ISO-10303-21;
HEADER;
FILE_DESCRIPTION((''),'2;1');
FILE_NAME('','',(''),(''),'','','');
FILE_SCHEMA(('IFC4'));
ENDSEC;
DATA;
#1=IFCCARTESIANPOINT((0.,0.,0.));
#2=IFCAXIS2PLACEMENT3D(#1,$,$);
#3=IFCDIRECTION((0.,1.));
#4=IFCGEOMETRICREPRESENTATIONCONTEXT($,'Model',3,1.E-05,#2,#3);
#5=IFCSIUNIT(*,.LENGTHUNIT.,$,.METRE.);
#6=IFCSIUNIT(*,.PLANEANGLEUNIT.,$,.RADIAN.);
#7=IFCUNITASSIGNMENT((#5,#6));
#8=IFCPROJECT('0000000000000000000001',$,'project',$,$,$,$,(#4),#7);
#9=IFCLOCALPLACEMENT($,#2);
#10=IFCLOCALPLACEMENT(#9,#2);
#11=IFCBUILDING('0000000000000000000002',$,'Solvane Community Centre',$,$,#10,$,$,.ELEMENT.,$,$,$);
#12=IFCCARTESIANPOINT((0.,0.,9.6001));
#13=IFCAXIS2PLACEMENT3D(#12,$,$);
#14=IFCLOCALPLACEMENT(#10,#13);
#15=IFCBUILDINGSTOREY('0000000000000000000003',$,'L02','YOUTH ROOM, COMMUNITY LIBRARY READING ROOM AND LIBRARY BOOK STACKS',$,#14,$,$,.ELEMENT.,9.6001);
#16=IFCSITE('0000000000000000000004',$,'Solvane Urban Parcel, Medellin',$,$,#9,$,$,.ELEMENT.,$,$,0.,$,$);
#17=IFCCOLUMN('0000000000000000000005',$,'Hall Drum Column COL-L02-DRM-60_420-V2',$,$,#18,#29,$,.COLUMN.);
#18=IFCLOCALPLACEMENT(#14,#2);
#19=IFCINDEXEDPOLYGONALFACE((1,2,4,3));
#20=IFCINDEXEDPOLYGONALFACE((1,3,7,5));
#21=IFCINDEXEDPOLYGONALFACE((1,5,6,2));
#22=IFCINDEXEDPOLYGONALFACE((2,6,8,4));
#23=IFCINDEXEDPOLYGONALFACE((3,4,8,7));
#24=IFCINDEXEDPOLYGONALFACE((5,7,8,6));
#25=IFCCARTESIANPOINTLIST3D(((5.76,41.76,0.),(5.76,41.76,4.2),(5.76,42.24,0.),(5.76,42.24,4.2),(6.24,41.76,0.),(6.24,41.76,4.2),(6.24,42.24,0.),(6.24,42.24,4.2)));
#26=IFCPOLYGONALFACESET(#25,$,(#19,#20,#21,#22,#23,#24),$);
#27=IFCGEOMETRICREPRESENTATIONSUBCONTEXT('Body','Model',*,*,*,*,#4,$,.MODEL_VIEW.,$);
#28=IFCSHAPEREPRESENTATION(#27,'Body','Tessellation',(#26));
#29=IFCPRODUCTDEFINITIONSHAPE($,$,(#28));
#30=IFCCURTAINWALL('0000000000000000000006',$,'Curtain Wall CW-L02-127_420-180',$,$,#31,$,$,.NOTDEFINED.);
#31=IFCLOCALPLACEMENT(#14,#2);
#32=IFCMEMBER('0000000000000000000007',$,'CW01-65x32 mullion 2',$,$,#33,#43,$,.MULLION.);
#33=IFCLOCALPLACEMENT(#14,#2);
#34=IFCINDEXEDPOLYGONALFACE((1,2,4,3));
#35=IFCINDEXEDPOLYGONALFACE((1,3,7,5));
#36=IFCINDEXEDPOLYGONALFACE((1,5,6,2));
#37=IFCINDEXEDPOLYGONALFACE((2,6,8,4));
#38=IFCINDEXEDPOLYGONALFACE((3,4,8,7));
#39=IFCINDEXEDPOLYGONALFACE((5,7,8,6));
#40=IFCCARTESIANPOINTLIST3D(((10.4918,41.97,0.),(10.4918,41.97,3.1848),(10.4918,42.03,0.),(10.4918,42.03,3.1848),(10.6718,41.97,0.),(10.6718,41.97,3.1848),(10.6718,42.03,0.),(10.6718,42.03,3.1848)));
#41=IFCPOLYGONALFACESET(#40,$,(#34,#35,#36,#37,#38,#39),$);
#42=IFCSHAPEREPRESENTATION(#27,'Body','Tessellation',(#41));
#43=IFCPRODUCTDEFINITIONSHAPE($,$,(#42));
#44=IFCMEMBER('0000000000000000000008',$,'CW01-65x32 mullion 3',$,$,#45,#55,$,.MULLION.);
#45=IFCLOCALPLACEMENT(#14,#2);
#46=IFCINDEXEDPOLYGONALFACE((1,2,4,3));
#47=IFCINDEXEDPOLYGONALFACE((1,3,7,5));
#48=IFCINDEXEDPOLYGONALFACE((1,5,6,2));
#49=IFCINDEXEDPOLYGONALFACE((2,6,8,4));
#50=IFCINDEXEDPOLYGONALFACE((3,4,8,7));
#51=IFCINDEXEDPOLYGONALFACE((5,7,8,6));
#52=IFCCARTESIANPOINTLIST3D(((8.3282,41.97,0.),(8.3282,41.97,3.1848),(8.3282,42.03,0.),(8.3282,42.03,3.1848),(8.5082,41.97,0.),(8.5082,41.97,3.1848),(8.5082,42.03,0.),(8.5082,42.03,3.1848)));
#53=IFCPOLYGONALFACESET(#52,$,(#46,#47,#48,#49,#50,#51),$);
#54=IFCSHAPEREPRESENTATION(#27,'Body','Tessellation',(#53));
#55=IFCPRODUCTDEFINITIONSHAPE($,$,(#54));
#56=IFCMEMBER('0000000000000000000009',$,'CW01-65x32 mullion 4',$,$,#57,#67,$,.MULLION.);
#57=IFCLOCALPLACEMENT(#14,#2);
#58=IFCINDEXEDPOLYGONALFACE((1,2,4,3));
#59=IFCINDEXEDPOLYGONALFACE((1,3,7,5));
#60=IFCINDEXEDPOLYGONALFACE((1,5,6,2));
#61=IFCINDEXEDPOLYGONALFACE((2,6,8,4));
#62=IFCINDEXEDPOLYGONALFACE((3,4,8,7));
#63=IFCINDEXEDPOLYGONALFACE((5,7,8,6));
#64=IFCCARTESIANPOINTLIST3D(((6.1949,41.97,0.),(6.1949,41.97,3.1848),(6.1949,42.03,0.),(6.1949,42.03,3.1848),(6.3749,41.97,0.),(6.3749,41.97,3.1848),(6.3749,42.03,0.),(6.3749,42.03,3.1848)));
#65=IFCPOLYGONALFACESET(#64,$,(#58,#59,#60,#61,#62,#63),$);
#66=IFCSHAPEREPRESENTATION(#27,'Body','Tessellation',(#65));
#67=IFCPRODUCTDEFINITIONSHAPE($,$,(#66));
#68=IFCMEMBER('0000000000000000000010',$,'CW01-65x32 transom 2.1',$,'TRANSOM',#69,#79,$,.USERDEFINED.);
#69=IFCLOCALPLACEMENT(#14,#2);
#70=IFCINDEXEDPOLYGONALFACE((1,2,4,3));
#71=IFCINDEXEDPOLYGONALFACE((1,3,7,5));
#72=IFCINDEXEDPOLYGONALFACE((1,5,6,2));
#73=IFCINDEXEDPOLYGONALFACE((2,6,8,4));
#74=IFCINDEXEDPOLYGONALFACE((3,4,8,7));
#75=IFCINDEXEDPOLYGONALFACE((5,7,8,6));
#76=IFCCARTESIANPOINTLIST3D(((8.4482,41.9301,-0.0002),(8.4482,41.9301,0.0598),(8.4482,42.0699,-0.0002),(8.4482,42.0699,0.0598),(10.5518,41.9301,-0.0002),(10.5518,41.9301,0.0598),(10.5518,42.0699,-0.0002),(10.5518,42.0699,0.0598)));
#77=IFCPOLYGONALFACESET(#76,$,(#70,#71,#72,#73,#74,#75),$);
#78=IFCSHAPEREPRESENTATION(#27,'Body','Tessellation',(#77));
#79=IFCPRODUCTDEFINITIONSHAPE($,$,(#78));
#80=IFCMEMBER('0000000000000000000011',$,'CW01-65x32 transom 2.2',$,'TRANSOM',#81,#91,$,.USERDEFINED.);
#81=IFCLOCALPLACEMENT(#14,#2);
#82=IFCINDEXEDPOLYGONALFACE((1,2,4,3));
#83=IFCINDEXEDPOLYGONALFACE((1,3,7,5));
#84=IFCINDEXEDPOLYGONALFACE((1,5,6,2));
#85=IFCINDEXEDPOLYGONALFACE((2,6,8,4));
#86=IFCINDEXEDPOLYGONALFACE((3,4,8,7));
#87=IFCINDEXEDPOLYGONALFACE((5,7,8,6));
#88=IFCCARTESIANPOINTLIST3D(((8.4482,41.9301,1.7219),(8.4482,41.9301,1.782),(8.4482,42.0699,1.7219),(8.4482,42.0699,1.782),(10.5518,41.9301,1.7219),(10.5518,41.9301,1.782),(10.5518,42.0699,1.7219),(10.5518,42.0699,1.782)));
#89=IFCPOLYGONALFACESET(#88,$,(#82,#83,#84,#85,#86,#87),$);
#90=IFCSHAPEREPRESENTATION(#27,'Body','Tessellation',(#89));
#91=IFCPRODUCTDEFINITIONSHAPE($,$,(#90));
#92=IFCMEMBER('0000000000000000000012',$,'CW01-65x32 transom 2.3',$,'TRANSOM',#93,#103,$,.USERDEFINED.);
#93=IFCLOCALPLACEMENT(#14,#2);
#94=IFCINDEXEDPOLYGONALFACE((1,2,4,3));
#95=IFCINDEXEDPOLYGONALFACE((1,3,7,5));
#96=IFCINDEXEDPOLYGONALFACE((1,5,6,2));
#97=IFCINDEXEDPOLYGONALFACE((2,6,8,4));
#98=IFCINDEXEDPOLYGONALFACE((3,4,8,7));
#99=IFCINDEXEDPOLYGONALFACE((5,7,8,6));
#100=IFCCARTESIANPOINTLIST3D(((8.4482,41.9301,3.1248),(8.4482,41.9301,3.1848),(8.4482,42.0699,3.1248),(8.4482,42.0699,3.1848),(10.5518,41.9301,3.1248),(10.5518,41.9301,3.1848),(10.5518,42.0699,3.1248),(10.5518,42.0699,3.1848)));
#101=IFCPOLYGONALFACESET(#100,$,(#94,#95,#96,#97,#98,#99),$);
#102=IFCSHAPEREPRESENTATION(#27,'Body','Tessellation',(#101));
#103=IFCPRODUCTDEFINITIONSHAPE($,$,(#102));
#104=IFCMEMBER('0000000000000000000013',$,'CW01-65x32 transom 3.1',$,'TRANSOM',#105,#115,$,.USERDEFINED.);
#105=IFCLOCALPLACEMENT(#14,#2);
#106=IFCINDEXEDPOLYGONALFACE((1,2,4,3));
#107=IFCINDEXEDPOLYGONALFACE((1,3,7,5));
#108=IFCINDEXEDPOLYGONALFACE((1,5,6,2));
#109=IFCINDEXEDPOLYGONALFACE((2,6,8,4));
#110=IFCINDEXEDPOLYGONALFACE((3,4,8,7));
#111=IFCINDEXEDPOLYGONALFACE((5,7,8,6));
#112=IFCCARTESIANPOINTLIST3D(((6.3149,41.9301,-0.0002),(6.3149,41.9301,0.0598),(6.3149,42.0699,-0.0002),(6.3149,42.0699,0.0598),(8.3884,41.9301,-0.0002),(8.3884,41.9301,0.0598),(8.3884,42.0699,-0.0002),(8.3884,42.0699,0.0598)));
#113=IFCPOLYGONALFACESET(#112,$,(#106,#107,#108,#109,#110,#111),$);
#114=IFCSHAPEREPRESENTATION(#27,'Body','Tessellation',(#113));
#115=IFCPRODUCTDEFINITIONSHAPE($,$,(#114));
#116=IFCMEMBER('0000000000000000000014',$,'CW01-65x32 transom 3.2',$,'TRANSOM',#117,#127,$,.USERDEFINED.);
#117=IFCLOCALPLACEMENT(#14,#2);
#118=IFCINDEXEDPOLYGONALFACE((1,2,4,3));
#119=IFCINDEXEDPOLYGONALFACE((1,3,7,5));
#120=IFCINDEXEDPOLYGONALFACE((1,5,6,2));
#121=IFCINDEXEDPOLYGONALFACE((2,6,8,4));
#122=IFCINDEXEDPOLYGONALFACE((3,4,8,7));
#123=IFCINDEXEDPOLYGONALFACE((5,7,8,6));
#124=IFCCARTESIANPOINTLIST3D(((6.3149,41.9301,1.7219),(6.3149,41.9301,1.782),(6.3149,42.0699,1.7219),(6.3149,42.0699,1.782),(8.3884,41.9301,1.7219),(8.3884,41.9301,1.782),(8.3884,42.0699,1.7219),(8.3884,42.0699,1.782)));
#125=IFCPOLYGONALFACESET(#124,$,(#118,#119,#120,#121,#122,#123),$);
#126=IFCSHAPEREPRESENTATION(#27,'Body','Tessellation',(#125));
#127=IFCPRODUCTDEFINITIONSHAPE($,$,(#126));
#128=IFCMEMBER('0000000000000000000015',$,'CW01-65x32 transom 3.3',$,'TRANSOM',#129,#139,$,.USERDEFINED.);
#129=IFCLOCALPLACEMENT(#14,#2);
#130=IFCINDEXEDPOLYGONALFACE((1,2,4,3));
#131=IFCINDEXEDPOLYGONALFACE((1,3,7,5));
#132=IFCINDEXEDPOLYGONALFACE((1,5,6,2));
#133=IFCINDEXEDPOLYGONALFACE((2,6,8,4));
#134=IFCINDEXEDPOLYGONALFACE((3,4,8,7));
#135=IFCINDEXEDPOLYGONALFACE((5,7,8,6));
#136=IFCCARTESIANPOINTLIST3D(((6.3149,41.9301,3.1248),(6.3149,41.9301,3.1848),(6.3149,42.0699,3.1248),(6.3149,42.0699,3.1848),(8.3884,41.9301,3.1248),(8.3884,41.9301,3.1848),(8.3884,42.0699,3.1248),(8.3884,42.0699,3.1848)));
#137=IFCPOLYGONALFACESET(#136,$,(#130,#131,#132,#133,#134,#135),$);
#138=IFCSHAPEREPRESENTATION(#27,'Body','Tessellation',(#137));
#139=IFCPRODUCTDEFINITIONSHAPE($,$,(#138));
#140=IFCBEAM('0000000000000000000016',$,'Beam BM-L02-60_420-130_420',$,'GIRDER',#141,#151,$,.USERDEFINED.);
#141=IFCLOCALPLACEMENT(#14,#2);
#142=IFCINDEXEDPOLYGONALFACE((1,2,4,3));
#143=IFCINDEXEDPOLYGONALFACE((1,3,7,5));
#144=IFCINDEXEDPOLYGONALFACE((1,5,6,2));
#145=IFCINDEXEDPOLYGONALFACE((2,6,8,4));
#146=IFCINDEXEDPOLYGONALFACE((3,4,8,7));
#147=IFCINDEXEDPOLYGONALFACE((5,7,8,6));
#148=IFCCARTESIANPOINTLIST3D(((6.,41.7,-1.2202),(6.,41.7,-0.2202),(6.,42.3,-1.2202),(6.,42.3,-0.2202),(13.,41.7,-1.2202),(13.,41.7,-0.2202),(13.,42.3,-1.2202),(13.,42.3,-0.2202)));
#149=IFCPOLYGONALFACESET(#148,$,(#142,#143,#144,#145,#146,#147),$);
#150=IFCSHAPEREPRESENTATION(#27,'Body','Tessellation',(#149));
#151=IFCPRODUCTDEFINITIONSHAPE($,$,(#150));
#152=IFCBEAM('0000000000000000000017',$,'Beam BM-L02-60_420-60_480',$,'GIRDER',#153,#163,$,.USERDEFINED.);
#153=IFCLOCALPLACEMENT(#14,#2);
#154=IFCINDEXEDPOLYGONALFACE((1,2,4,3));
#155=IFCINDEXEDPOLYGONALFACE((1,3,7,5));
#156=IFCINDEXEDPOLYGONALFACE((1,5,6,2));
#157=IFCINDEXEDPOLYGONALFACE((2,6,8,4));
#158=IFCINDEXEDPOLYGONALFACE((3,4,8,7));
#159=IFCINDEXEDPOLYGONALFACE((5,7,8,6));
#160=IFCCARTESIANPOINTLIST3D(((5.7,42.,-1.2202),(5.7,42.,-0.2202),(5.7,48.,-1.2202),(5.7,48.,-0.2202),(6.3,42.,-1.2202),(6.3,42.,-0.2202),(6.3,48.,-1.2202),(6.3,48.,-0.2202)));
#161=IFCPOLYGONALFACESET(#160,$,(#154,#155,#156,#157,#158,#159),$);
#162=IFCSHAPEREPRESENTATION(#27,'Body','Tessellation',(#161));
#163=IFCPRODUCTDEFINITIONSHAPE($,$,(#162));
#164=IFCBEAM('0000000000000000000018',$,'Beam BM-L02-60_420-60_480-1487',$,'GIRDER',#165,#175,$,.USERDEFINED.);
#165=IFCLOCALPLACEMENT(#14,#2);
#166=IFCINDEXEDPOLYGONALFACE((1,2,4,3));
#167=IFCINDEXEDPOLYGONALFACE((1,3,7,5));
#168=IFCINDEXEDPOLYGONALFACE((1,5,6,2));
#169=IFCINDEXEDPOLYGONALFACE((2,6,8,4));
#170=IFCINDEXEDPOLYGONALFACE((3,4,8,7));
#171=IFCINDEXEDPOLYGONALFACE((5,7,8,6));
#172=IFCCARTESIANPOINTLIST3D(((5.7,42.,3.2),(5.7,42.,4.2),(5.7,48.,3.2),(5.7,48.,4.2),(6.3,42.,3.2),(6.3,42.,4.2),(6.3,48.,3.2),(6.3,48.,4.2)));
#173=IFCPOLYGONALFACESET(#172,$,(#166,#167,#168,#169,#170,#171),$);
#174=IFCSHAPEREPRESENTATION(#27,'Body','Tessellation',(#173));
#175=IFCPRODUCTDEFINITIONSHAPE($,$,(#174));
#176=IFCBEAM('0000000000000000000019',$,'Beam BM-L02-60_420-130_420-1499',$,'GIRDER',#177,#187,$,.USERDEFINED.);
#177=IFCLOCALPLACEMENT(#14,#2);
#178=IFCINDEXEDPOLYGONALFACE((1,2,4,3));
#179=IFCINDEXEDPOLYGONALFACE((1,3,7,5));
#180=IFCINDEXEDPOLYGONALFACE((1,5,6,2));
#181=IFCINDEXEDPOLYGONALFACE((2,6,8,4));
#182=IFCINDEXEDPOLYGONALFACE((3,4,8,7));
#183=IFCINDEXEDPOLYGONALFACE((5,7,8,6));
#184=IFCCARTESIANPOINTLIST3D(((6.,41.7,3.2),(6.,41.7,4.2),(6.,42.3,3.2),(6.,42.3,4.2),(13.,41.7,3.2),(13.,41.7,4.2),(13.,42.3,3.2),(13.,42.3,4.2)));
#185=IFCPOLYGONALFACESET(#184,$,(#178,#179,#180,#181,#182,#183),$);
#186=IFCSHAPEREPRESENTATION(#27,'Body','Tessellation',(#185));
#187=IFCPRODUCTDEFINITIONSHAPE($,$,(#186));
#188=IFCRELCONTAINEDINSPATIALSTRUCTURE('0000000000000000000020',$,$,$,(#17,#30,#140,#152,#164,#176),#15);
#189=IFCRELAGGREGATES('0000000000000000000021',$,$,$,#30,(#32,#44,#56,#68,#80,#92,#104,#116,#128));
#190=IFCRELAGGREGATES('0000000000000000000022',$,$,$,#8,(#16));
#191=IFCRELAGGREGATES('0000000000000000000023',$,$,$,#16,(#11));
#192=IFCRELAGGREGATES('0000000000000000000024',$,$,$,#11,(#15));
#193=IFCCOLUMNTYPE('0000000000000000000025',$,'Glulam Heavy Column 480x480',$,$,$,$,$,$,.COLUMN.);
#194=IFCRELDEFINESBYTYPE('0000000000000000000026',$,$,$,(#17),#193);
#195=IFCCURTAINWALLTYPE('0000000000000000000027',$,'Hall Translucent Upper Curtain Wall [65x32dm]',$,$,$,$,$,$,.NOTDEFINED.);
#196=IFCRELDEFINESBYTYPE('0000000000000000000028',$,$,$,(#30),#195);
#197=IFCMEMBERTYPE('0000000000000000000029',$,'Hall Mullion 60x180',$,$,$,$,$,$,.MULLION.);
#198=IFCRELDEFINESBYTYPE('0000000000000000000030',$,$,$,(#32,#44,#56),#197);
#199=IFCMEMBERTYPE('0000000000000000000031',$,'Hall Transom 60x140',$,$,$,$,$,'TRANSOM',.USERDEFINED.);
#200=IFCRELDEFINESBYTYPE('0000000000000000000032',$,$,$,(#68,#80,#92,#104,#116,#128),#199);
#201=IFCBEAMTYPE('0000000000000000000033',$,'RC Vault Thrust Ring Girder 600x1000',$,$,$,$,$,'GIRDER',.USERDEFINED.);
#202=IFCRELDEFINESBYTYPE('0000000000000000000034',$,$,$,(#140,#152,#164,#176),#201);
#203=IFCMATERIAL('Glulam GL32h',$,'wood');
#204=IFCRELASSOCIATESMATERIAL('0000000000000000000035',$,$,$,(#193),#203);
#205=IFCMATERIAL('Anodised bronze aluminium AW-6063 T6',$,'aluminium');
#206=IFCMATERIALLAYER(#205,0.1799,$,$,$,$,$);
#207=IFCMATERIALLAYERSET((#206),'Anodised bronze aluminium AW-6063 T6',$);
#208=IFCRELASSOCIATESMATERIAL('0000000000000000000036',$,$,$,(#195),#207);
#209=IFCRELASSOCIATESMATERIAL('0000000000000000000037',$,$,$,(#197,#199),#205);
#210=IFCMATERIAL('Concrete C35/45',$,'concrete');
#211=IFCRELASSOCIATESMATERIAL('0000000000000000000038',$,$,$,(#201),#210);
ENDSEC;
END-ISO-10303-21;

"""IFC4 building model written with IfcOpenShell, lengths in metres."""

from ifc_helpers import new_model, si_unit, direction, frame, origin, origin_2d, place, context, subcontext, project, spatial, rectangle, extrude, material, layer, layer_set, material_profile, profile_set, type_object, element, aggregate, save


model = new_model("IFC4")

# Units and contexts
model_context = context("Model", 3, precision=1e-05, world=origin(), true_north=direction((0.0, 1.0)))
body_context = subcontext(model_context, "Body", "Model", "MODEL_VIEW")
ifc_project = project(units=[si_unit("LENGTHUNIT", "METRE"), si_unit("PLANEANGLEUNIT", "RADIAN")], contexts=[model_context])

# Site, building, storey
site_placement = place(None, origin())
site = spatial("IfcSite", under=ifc_project, at=site_placement, Name="Solvane Urban Parcel, Medellin", CompositionType="ELEMENT", RefElevation=0.0)
building_placement = place(site_placement, origin())
building = spatial("IfcBuilding", under=site, at=building_placement, Name="Solvane Community Centre", CompositionType="ELEMENT")
storey_placement = place(building_placement, frame((0.0, 0.0, 9.6001)))
storey = spatial("IfcBuildingStorey", under=building, at=storey_placement, Name="L02", Description="YOUTH ROOM, COMMUNITY LIBRARY READING ROOM AND LIBRARY BOOK STACKS", CompositionType="ELEMENT", Elevation=9.6001)

# Column
ifc_material_1 = material(Name="Glulam GL32h", Category="wood")
ifc_material_profile_1 = material_profile(ifc_material_1, rectangle(XDim=0.48, YDim=0.48, at=origin_2d()), Name="GL32h 480x480")
ifc_profile_set_1 = profile_set([ifc_material_profile_1], Name="Glulam GL32h")
column_type = type_object("IfcColumnType", Name="Glulam Heavy Column 480x480", PredefinedType="COLUMN", material=ifc_profile_set_1)
column_placement = place(storey_placement, frame((6.0, 42.0, 0.0), z_axis=(0.0, 0.0, 1.0), x_axis=(1.0, 0.0, 0.0)))
element("IfcColumn", 1, at=column_placement, inside=storey, type_object=column_type, Name="Hall Drum Column COL-L02-DRM-60_420-V2", PredefinedType="COLUMN", context=body_context, shape_type="SweptSolid", body=[
    extrude(rectangle(XDim=0.48, YDim=0.48, at=origin_2d()), origin(), (0.0, 0.0, 1.0), 4.2),
])

# Curtain wall, members
ifc_material_2 = material(Name="Anodised bronze aluminium AW-6063 T6", Category="aluminium")
ifc_layer_1 = layer(ifc_material_2, 0.1799)
ifc_layer_set_1 = layer_set([ifc_layer_1], Name="Anodised bronze aluminium AW-6063 T6")
curtain_wall_type = type_object("IfcCurtainWallType", Name="Hall Translucent Upper Curtain Wall [65x32dm]", PredefinedType="NOTDEFINED", material=ifc_layer_set_1)
curtain_wall_placement = place(storey_placement, origin())
curtain_wall = element("IfcCurtainWall", 2, at=curtain_wall_placement, inside=storey, type_object=curtain_wall_type, Name="Curtain Wall CW-L02-127_420-180", PredefinedType="NOTDEFINED")
ifc_material_profile_2 = material_profile(ifc_material_2, rectangle(XDim=0.0601, YDim=0.1799, at=origin_2d()), Name="CW-M 60x180")
ifc_profile_set_2 = profile_set([ifc_material_profile_2], Name="Anodised bronze aluminium AW-6063 T6")
member_type_1 = type_object("IfcMemberType", Name="Hall Mullion 60x180", PredefinedType="MULLION", material=ifc_profile_set_2)
member_1_placement = place(storey_placement, frame((10.5818, 42.0, 0.0), z_axis=(0.0, 0.0, 1.0), x_axis=(0.0, -1.0, 0.0)))
member_1 = element("IfcMember", 3, at=member_1_placement, type_object=member_type_1, Name="CW01-65x32 mullion 2", PredefinedType="MULLION", context=body_context, shape_type="SweptSolid", body=[
    extrude(rectangle(XDim=0.0601, YDim=0.1799, at=origin_2d()), origin(), (0.0, 0.0, 1.0), 3.1848),
])
member_2_placement = place(storey_placement, frame((8.4182, 42.0, 0.0), z_axis=(0.0, 0.0, 1.0), x_axis=(0.0, -1.0, 0.0)))
member_2 = element("IfcMember", 4, at=member_2_placement, type_object=member_type_1, Name="CW01-65x32 mullion 3", PredefinedType="MULLION", context=body_context, shape_type="SweptSolid", body=[
    extrude(rectangle(XDim=0.0601, YDim=0.1799, at=origin_2d()), origin(), (0.0, 0.0, 1.0), 3.1848),
])
member_3_placement = place(storey_placement, frame((6.2849, 42.0, 0.0), z_axis=(0.0, 0.0, 1.0), x_axis=(0.0, -1.0, 0.0)))
member_3 = element("IfcMember", 5, at=member_3_placement, type_object=member_type_1, Name="CW01-65x32 mullion 4", PredefinedType="MULLION", context=body_context, shape_type="SweptSolid", body=[
    extrude(rectangle(XDim=0.0601, YDim=0.1799, at=origin_2d()), origin(), (0.0, 0.0, 1.0), 3.1848),
])
ifc_material_profile_3 = material_profile(ifc_material_2, rectangle(XDim=0.1399, YDim=0.0601, at=origin_2d()), Name="CW-T 60x140")
ifc_profile_set_3 = profile_set([ifc_material_profile_3], Name="Anodised bronze aluminium AW-6063 T6")
member_type_2 = type_object("IfcMemberType", Name="Hall Transom 60x140", ElementType="TRANSOM", PredefinedType="USERDEFINED", material=ifc_profile_set_3)
member_4_placement = place(storey_placement, frame((10.5518, 42.0, 0.0298), z_axis=(-1.0, 0.0, 0.0), x_axis=(0.0, -1.0, 0.0)))
member_4 = element("IfcMember", 6, at=member_4_placement, type_object=member_type_2, Name="CW01-65x32 transom 2.1", ObjectType="TRANSOM", PredefinedType="USERDEFINED", context=body_context, shape_type="SweptSolid", body=[
    extrude(rectangle(XDim=0.1399, YDim=0.0601, at=origin_2d()), origin(), (0.0, 0.0, 1.0), 2.1035),
])
member_5_placement = place(storey_placement, frame((10.5518, 42.0, 1.752), z_axis=(-1.0, 0.0, 0.0), x_axis=(0.0, -1.0, 0.0)))
member_5 = element("IfcMember", 7, at=member_5_placement, type_object=member_type_2, Name="CW01-65x32 transom 2.2", ObjectType="TRANSOM", PredefinedType="USERDEFINED", context=body_context, shape_type="SweptSolid", body=[
    extrude(rectangle(XDim=0.1399, YDim=0.0601, at=origin_2d()), origin(), (0.0, 0.0, 1.0), 2.1035),
])
member_6_placement = place(storey_placement, frame((10.5518, 42.0, 3.1548), z_axis=(-1.0, 0.0, 0.0), x_axis=(0.0, -1.0, 0.0)))
member_6 = element("IfcMember", 8, at=member_6_placement, type_object=member_type_2, Name="CW01-65x32 transom 2.3", ObjectType="TRANSOM", PredefinedType="USERDEFINED", context=body_context, shape_type="SweptSolid", body=[
    extrude(rectangle(XDim=0.1399, YDim=0.0601, at=origin_2d()), origin(), (0.0, 0.0, 1.0), 2.1035),
])
member_7_placement = place(storey_placement, frame((8.3884, 42.0, 0.0298), z_axis=(-1.0, 0.0, 0.0), x_axis=(0.0, -1.0, 0.0)))
member_7 = element("IfcMember", 9, at=member_7_placement, type_object=member_type_2, Name="CW01-65x32 transom 3.1", ObjectType="TRANSOM", PredefinedType="USERDEFINED", context=body_context, shape_type="SweptSolid", body=[
    extrude(rectangle(XDim=0.1399, YDim=0.0601, at=origin_2d()), origin(), (0.0, 0.0, 1.0), 2.0735),
])
member_8_placement = place(storey_placement, frame((8.3884, 42.0, 1.752), z_axis=(-1.0, 0.0, 0.0), x_axis=(0.0, -1.0, 0.0)))
member_8 = element("IfcMember", 10, at=member_8_placement, type_object=member_type_2, Name="CW01-65x32 transom 3.2", ObjectType="TRANSOM", PredefinedType="USERDEFINED", context=body_context, shape_type="SweptSolid", body=[
    extrude(rectangle(XDim=0.1399, YDim=0.0601, at=origin_2d()), origin(), (0.0, 0.0, 1.0), 2.0735),
])
member_9_placement = place(storey_placement, frame((8.3884, 42.0, 3.1548), z_axis=(-1.0, 0.0, 0.0), x_axis=(0.0, -1.0, 0.0)))
member_9 = element("IfcMember", 11, at=member_9_placement, type_object=member_type_2, Name="CW01-65x32 transom 3.3", ObjectType="TRANSOM", PredefinedType="USERDEFINED", context=body_context, shape_type="SweptSolid", body=[
    extrude(rectangle(XDim=0.1399, YDim=0.0601, at=origin_2d()), origin(), (0.0, 0.0, 1.0), 2.0735),
])

# Beams
ifc_material_3 = material(Name="Concrete C35/45", Category="concrete")
ifc_material_profile_4 = material_profile(ifc_material_3, rectangle(XDim=0.6001, YDim=1.0, at=origin_2d()), Name="RC 600x1000")
ifc_profile_set_4 = profile_set([ifc_material_profile_4], Name="Concrete C35/45")
beam_type = type_object("IfcBeamType", Name="RC Vault Thrust Ring Girder 600x1000", ElementType="GIRDER", PredefinedType="USERDEFINED", material=ifc_profile_set_4)
beam_1_placement = place(storey_placement, frame((6.0, 42.0, -0.7202), z_axis=(1.0, 0.0, 0.0), x_axis=(0.0, 1.0, 0.0)))
element("IfcBeam", 12, at=beam_1_placement, inside=storey, type_object=beam_type, Name="Beam BM-L02-60_420-130_420", ObjectType="GIRDER", PredefinedType="USERDEFINED", context=body_context, shape_type="SweptSolid", body=[
    extrude(rectangle(XDim=0.6001, YDim=1.0, at=origin_2d()), origin(), (0.0, 0.0, 1.0), 7.0),
])
for number, where, z_axis, x_axis, name in (
    (13, (6.0, 42.0, -0.7202), (0.0, 1.0, 0.0), (-1.0, 0.0, 0.0), "Beam BM-L02-60_420-60_480"),
    (14, (6.0, 42.0, 3.7), (0.0, 1.0, 0.0), (-1.0, 0.0, 0.0), "Beam BM-L02-60_420-60_480-1487"),
):
    element("IfcBeam", number, at=place(storey_placement, frame(where, z_axis=z_axis, x_axis=x_axis)), inside=storey, type_object=beam_type, Name=name, ObjectType="GIRDER", PredefinedType="USERDEFINED", context=body_context, shape_type="SweptSolid", body=[
        extrude(rectangle(XDim=0.6001, YDim=1.0, at=origin_2d()), origin(), (0.0, 0.0, 1.0), 6.0),
    ])
beam_2_placement = place(storey_placement, frame((6.0, 42.0, 3.7), z_axis=(1.0, 0.0, 0.0), x_axis=(0.0, 1.0, 0.0)))
element("IfcBeam", 15, at=beam_2_placement, inside=storey, type_object=beam_type, Name="Beam BM-L02-60_420-130_420-1499", ObjectType="GIRDER", PredefinedType="USERDEFINED", context=body_context, shape_type="SweptSolid", body=[
    extrude(rectangle(XDim=0.6001, YDim=1.0, at=origin_2d()), origin(), (0.0, 0.0, 1.0), 7.0),
])

aggregate(curtain_wall, [member_1, member_2, member_3, member_4, member_5, member_6, member_7, member_8, member_9])

save(model, "model.ifc")
